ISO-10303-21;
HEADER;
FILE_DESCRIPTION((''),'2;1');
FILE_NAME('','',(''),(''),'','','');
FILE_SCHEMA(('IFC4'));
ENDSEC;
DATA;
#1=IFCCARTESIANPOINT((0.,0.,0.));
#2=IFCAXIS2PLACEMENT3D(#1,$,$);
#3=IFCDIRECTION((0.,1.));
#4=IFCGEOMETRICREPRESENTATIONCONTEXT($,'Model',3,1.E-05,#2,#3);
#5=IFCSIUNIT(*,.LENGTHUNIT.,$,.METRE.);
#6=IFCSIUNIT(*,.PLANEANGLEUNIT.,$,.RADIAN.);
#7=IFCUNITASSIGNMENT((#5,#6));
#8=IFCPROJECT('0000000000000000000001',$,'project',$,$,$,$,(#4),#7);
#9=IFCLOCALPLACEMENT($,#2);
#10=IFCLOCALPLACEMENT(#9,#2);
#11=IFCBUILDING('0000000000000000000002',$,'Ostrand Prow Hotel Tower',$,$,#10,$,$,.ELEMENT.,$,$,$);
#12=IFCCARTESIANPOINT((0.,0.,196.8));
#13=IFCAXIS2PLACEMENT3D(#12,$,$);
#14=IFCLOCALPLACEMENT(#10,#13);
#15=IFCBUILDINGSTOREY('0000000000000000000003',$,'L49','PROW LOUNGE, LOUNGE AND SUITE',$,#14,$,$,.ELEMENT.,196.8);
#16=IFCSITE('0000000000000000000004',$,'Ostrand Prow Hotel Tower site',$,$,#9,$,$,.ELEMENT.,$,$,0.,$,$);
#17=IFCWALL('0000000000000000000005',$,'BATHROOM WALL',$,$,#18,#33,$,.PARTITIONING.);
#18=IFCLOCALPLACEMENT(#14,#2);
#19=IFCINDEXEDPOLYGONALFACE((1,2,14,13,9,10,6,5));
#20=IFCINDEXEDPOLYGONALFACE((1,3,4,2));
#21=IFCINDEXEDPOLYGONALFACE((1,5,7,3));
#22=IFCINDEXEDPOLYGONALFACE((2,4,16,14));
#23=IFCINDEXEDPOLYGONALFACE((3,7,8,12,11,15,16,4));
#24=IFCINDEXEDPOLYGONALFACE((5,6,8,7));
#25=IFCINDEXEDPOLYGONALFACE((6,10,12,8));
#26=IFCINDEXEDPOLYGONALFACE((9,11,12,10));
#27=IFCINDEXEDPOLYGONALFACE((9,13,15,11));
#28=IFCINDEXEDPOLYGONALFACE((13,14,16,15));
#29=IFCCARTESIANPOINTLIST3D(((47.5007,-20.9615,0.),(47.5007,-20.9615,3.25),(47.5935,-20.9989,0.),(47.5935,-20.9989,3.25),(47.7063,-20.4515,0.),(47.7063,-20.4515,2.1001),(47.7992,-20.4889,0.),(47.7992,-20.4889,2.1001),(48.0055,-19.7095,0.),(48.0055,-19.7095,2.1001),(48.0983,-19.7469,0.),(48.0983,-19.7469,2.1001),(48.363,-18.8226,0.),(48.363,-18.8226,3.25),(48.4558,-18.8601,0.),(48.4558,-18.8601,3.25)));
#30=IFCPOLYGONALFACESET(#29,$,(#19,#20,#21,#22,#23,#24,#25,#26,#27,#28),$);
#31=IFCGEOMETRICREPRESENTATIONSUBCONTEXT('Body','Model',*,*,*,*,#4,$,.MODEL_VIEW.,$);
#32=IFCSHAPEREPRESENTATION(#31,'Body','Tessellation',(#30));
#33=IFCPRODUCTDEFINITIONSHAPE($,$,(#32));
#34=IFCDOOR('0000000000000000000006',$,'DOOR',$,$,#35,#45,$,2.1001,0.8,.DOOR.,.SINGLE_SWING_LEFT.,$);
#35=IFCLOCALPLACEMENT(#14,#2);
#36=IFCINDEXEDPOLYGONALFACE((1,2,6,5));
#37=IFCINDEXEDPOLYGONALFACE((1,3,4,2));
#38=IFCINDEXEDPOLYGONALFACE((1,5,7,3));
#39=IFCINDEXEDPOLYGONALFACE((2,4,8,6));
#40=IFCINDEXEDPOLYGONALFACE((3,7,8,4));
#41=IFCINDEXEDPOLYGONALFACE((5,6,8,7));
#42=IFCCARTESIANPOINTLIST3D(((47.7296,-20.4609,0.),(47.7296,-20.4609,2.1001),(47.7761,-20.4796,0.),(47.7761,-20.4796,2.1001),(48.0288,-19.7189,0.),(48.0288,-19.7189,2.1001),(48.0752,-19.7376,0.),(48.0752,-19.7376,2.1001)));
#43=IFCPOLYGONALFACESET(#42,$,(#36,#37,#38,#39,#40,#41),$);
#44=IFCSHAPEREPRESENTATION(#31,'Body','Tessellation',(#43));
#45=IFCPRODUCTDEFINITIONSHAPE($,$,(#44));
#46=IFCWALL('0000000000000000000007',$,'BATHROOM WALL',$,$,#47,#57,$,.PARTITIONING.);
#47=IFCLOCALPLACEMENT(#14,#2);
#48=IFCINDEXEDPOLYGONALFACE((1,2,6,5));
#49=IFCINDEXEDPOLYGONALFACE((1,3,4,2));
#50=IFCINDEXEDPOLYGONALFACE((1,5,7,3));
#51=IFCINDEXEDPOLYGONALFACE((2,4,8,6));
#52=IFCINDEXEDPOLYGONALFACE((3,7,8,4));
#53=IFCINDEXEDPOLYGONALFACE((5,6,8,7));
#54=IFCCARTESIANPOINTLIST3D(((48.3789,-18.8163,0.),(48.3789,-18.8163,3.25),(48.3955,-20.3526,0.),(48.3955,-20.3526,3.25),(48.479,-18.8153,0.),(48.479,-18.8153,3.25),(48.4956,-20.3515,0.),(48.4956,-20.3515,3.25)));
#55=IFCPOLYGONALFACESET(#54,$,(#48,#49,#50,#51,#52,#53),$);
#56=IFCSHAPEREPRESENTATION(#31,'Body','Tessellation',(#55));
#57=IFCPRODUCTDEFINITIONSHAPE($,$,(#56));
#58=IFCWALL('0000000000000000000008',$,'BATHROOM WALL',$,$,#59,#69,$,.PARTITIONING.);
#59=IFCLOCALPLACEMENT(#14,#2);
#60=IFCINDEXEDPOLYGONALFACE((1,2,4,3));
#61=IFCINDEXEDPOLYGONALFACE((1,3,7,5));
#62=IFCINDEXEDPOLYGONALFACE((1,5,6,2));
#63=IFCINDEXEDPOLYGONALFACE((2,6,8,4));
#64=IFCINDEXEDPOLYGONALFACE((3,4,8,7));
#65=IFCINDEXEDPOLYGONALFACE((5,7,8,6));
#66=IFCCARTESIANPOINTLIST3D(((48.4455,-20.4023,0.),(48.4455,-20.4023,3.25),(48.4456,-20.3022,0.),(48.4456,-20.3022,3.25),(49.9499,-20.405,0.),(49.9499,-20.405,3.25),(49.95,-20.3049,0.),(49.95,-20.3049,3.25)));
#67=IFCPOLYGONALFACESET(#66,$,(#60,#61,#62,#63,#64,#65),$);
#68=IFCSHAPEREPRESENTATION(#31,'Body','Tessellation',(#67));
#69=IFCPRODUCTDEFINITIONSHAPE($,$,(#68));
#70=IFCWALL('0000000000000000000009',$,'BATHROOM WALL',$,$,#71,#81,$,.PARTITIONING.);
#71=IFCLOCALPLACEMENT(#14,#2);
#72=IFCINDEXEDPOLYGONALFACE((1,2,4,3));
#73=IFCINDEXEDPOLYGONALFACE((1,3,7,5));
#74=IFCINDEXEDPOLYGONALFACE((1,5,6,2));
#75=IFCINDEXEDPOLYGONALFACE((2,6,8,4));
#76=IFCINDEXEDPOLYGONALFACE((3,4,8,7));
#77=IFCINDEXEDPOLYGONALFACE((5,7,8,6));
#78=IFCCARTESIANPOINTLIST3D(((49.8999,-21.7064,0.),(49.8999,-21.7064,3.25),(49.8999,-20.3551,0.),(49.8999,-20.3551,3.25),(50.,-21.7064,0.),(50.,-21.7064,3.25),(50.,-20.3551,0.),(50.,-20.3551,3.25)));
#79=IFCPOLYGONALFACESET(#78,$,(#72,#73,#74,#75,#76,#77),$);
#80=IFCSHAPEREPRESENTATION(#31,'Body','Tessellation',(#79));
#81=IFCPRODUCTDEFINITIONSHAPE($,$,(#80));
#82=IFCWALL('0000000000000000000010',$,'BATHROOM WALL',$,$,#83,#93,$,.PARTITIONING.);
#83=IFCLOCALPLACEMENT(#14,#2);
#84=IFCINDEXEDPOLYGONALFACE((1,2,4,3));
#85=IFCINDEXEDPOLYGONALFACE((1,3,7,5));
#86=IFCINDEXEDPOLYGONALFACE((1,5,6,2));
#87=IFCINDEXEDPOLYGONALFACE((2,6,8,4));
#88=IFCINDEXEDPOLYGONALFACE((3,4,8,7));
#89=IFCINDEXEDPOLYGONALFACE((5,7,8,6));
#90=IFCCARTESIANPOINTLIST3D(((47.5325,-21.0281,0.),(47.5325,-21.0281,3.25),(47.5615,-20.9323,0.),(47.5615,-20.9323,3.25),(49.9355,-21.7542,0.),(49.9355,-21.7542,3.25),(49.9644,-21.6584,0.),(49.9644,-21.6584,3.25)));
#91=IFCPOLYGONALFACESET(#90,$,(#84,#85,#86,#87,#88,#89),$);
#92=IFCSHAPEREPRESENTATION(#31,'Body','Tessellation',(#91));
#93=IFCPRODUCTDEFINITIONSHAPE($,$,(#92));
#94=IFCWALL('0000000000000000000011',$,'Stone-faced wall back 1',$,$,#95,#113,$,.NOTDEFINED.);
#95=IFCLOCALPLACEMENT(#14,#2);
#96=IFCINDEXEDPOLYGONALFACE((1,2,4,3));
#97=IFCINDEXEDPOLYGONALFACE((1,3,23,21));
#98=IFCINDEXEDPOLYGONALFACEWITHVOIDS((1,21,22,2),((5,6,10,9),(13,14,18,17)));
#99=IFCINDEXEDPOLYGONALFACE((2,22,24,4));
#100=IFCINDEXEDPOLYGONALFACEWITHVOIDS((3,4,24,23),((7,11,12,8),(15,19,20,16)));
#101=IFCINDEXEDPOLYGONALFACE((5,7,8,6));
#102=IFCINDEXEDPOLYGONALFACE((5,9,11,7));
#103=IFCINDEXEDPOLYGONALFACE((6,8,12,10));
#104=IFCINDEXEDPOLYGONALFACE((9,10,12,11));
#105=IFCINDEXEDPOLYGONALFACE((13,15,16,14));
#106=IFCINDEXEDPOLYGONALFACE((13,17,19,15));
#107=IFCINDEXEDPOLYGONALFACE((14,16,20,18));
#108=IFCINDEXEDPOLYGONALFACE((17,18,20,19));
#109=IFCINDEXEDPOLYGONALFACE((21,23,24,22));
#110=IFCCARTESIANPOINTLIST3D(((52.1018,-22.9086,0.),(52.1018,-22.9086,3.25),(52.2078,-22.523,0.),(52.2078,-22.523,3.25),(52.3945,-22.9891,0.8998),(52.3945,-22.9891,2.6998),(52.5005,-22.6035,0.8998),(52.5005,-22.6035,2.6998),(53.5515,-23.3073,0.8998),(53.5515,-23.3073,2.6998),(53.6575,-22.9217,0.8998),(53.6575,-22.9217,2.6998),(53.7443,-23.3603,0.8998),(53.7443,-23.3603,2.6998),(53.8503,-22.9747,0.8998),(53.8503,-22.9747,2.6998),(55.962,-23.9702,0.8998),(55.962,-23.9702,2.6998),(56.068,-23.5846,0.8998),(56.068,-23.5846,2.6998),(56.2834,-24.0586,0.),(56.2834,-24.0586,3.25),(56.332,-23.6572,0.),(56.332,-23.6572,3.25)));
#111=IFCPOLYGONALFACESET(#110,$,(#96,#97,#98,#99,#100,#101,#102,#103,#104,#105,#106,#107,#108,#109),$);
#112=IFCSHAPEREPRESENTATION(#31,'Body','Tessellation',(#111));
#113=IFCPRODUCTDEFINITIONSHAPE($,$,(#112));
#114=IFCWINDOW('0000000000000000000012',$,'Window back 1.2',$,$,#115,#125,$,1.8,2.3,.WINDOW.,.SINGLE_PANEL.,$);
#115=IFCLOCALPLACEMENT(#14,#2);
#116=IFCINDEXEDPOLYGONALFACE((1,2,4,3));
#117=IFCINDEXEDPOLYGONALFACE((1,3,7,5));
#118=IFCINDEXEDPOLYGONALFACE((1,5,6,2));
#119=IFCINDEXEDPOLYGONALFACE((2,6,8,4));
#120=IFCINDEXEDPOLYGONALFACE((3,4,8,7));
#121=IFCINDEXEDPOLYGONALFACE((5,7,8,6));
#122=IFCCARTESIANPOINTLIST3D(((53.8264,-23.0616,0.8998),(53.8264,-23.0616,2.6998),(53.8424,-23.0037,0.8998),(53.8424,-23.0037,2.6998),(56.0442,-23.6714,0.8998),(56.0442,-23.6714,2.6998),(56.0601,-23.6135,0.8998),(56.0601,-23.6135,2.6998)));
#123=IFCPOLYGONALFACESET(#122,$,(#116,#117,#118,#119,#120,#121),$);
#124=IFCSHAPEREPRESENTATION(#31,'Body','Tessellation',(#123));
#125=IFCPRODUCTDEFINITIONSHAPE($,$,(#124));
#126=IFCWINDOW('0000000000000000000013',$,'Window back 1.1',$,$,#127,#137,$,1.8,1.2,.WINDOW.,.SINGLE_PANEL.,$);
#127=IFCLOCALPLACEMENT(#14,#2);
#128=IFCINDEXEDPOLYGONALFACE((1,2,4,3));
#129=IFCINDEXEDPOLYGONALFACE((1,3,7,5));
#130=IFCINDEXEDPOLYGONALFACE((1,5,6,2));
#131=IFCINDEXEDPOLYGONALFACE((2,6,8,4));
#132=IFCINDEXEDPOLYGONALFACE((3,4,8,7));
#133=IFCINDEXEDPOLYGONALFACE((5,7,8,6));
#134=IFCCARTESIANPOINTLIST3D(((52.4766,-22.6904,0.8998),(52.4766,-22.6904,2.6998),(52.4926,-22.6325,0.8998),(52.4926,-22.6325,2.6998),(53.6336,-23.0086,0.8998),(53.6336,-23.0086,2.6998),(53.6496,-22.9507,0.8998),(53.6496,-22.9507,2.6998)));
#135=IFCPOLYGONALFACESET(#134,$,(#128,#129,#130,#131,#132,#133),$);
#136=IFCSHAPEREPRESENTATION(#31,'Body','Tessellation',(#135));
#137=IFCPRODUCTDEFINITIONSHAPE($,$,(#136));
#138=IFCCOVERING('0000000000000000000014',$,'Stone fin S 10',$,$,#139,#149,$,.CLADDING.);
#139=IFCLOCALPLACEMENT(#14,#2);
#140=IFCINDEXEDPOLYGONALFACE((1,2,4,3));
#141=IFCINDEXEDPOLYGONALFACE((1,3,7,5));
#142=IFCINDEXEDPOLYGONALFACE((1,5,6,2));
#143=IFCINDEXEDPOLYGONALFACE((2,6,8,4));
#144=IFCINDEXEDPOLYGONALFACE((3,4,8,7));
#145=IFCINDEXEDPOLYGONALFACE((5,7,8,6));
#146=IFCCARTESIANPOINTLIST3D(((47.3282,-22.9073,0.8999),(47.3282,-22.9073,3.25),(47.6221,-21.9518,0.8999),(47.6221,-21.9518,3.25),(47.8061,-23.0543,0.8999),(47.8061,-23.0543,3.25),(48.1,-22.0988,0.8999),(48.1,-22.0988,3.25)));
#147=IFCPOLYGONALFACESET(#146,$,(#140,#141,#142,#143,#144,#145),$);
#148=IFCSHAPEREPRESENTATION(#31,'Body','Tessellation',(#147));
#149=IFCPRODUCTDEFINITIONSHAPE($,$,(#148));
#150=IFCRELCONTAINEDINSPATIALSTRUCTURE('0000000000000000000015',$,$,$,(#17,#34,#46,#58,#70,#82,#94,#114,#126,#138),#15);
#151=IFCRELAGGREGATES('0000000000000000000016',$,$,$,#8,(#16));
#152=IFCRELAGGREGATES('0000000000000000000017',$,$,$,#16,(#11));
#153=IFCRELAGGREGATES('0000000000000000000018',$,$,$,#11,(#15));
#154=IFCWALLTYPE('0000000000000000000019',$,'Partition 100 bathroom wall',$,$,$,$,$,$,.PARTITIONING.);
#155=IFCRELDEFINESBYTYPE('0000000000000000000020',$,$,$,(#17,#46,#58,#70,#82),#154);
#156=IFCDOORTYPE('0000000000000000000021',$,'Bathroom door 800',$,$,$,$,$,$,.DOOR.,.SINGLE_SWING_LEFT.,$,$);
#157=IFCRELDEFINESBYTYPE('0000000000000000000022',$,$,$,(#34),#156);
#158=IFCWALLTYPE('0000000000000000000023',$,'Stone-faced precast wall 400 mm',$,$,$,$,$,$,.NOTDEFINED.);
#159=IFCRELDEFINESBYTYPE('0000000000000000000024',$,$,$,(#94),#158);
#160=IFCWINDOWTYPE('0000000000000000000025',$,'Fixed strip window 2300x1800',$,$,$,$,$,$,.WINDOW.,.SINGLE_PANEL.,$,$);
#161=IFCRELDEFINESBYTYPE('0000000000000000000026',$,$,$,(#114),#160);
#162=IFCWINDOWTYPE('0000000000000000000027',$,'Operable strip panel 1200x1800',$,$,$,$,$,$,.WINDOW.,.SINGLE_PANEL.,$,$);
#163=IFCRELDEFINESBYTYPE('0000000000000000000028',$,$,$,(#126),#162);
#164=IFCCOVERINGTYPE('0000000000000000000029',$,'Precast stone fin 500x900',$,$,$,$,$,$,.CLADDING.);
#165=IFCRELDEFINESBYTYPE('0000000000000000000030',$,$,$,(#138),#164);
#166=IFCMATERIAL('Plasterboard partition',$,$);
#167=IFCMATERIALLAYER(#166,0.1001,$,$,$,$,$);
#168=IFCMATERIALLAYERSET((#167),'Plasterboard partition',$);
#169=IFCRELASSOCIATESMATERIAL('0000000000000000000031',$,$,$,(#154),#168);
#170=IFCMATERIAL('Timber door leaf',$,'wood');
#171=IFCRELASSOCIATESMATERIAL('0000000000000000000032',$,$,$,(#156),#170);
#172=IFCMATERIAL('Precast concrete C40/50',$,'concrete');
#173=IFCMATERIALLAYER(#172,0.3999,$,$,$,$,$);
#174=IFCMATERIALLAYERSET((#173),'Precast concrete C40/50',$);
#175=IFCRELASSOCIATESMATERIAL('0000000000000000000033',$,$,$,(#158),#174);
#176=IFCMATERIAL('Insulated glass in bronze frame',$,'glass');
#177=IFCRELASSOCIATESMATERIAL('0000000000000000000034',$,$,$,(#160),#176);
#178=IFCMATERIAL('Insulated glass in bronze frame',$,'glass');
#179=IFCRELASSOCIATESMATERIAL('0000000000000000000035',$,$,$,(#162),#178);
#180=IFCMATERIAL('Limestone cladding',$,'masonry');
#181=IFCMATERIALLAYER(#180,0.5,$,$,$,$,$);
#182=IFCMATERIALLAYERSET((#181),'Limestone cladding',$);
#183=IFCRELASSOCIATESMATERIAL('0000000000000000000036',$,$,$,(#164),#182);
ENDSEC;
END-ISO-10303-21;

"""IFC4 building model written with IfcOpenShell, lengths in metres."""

from ifc_helpers import new_model, si_unit, direction, frame, frame_2d, origin, place, context, subcontext, project, spatial, polyline, rectangle, outline, extrude, material, layer, layer_set, type_object, element, fill, save


model = new_model("IFC4")

# Units and contexts
model_context = context("Model", 3, precision=1e-05, world=origin(), true_north=direction((0.0, 1.0)))
body_context = subcontext(model_context, "Body", "Model", "MODEL_VIEW")
ifc_project = project(units=[si_unit("LENGTHUNIT", "METRE"), si_unit("PLANEANGLEUNIT", "RADIAN")], contexts=[model_context])

# Site, building, storey
site_placement = place(None, origin())
site = spatial("IfcSite", under=ifc_project, at=site_placement, Name="Ostrand Prow Hotel Tower site", CompositionType="ELEMENT", RefElevation=0.0)
building_placement = place(site_placement, origin())
building = spatial("IfcBuilding", under=site, at=building_placement, Name="Ostrand Prow Hotel Tower", CompositionType="ELEMENT")
storey_placement = place(building_placement, frame((0.0, 0.0, 196.8)))
storey = spatial("IfcBuildingStorey", under=building, at=storey_placement, Name="L49", Description="PROW LOUNGE, LOUNGE AND SUITE", CompositionType="ELEMENT", Elevation=196.8)

# Wall, opening, door
ifc_material_1 = material(Name="Plasterboard partition")
ifc_layer_1 = layer(ifc_material_1, 0.1001)
ifc_layer_set_1 = layer_set([ifc_layer_1], Name="Plasterboard partition")
wall_type_1 = type_object("IfcWallType", Name="Partition 100 bathroom wall", PredefinedType="PARTITIONING", material=ifc_layer_set_1)
wall_1_placement = place(storey_placement, frame((47.5471, -20.9802, 0.0), z_axis=(0.0, 0.0, 1.0), x_axis=(0.373908, 0.927466, 0.0)))
wall_1 = element("IfcWall", 1, at=wall_1_placement, inside=storey, type_object=wall_type_1, Name="BATHROOM WALL", PredefinedType="PARTITIONING", context=body_context, shape_type="SweptSolid", body=[
    extrude(rectangle(XDim=2.3062, YDim=0.1001, at=frame_2d((1.1531, 0.0))), origin(), (0.0, 0.0, 1.0), 3.25),
])
opening_1_placement = place(wall_1_placement, frame((0.55, 0.0, 0.0)))
opening_1 = element("IfcOpeningElement", 2, at=opening_1_placement, cuts=wall_1, PredefinedType="OPENING", context=body_context, shape_type="SweptSolid", body=[
    extrude(rectangle(XDim=0.8, YDim=2.1001, at=frame_2d((0.3999, 1.05))), frame((0.0, 0.0601, 0.0), z_axis=(0.0, -1.0, 0.0), x_axis=(1.0, 0.0, 0.0)), (0.0, 0.0, 1.0), 0.1201),
])
ifc_material_2 = material(Name="Timber door leaf", Category="wood")
door_type_1 = type_object("IfcDoorType", Name="Bathroom door 800", OperationType="SINGLE_SWING_LEFT", PredefinedType="DOOR", material=ifc_material_2)
door_1_placement = place(opening_1_placement, origin())
door_1 = element("IfcDoor", 3, at=door_1_placement, inside=storey, type_object=door_type_1, Name="DOOR", OperationType="SINGLE_SWING_LEFT", OverallHeight=2.1001, OverallWidth=0.8, PredefinedType="DOOR", context=body_context, shape_type="SweptSolid", body=[
    extrude(rectangle(XDim=0.8, YDim=2.1001, at=frame_2d((0.3999, 1.05))), frame((0.0, 0.0249, 0.0), z_axis=(0.0, -1.0, 0.0), x_axis=(1.0, 0.0, 0.0)), (0.0, 0.0, 1.0), 0.05),
])
fill(opening_1, door_1)

# Walls
wall_2_placement = place(storey_placement, frame((48.429, -18.8159, 0.0), z_axis=(0.0, 0.0, 1.0), x_axis=(0.010805, -0.999942, 0.0)))
element("IfcWall", 4, at=wall_2_placement, inside=storey, type_object=wall_type_1, Name="BATHROOM WALL", PredefinedType="PARTITIONING", context=body_context, shape_type="SweptSolid", body=[
    extrude(rectangle(XDim=1.5364, YDim=0.1001, at=frame_2d((0.7681, 0.0))), origin(), (0.0, 0.0, 1.0), 3.25),
])
wall_3_placement = place(storey_placement, frame((48.4456, -20.3523, 0.0), z_axis=(0.0, 0.0, 1.0), x_axis=(0.999998, -0.001785, 0.0)))
element("IfcWall", 5, at=wall_3_placement, inside=storey, type_object=wall_type_1, Name="BATHROOM WALL", PredefinedType="PARTITIONING", context=body_context, shape_type="SweptSolid", body=[
    extrude(rectangle(XDim=1.5044, YDim=0.1001, at=frame_2d((0.7522, 0.0))), origin(), (0.0, 0.0, 1.0), 3.25),
])
wall_4_placement = place(storey_placement, frame((49.95, -20.355, 0.0), z_axis=(0.0, 0.0, 1.0), x_axis=(0.0, -1.0, 0.0)))
element("IfcWall", 6, at=wall_4_placement, inside=storey, type_object=wall_type_1, Name="BATHROOM WALL", PredefinedType="PARTITIONING", context=body_context, shape_type="SweptSolid", body=[
    extrude(rectangle(XDim=1.3513, YDim=0.1001, at=frame_2d((0.6758, 0.0))), origin(), (0.0, 0.0, 1.0), 3.25),
])
wall_5_placement = place(storey_placement, frame((49.95, -21.7063, 0.0), z_axis=(0.0, 0.0, 1.0), x_axis=(-0.957252, 0.289257, 0.0)))
element("IfcWall", 7, at=wall_5_placement, inside=storey, type_object=wall_type_1, Name="BATHROOM WALL", PredefinedType="PARTITIONING", context=body_context, shape_type="SweptSolid", body=[
    extrude(rectangle(XDim=2.5103, YDim=0.1001, at=frame_2d((1.2551, 0.0))), origin(), (0.0, 0.0, 1.0), 3.25),
])

# Wall, openings, windows
ifc_material_3 = material(Name="Precast concrete C40/50", Category="concrete")
ifc_layer_2 = layer(ifc_material_3, 0.3999)
ifc_layer_set_2 = layer_set([ifc_layer_2], Name="Precast concrete C40/50")
wall_type_2 = type_object("IfcWallType", Name="Stone-faced precast wall 400 mm", PredefinedType="NOTDEFINED", material=ifc_layer_set_2)
wall_6_placement = place(storey_placement, frame((52.1548, -22.7158, 0.0), z_axis=(0.0, 0.0, 1.0), x_axis=(0.964206, -0.265155, 0.0)))
wall_6 = element("IfcWall", 8, at=wall_6_placement, inside=storey, type_object=wall_type_2, Name="Stone-faced wall back 1", PredefinedType="NOTDEFINED", context=body_context, shape_type="SweptSolid", body=[
    extrude(outline(polyline([(0.0, -0.2), (4.3369, -0.2), (4.2773, 0.2), (0.0, 0.2), (0.0, -0.2)])), origin(), (0.0, 0.0, 1.0), 3.25),
])
opening_2_placement = place(wall_6_placement, frame((0.3035, 0.0, 0.8999)))
opening_2 = element("IfcOpeningElement", 9, at=opening_2_placement, cuts=wall_6, PredefinedType="OPENING", context=body_context, shape_type="SweptSolid", body=[
    extrude(rectangle(XDim=1.2, YDim=1.8, at=frame_2d((0.6001, 0.8999))), frame((0.0, 0.21, 0.0), z_axis=(0.0, -1.0, 0.0), x_axis=(1.0, 0.0, 0.0)), (0.0, 0.0, 1.0), 0.4199),
])
opening_3_placement = place(wall_6_placement, frame((1.7036, 0.0, 0.8999)))
opening_3 = element("IfcOpeningElement", 10, at=opening_3_placement, cuts=wall_6, PredefinedType="OPENING", context=body_context, shape_type="SweptSolid", body=[
    extrude(rectangle(XDim=2.3, YDim=1.8, at=frame_2d((1.1499, 0.8999))), frame((0.0, 0.21, 0.0), z_axis=(0.0, -1.0, 0.0), x_axis=(1.0, 0.0, 0.0)), (0.0, 0.0, 1.0), 0.4199),
])
ifc_material_4 = material(Name="Insulated glass in bronze frame", Category="glass")
window_type_1 = type_object("IfcWindowType", Name="Fixed strip window 2300x1800", PartitioningType="SINGLE_PANEL", PredefinedType="WINDOW", material=ifc_material_4)
window_1_placement = place(opening_3_placement, origin())
window_1 = element("IfcWindow", 11, at=window_1_placement, inside=storey, type_object=window_type_1, Name="Window back 1.2", OverallHeight=1.8, OverallWidth=2.3, PartitioningType="SINGLE_PANEL", PredefinedType="WINDOW", context=body_context, shape_type="SweptSolid", body=[
    extrude(rectangle(XDim=2.3, YDim=1.8, at=frame_2d((1.1499, 0.8999))), frame((0.0, 0.1699, 0.0), z_axis=(0.0, -1.0, 0.0), x_axis=(1.0, 0.0, 0.0)), (0.0, 0.0, 1.0), 0.0601),
])
fill(opening_3, window_1)
ifc_material_5 = material(Name="Insulated glass in bronze frame", Category="glass")
window_type_2 = type_object("IfcWindowType", Name="Operable strip panel 1200x1800", PartitioningType="SINGLE_PANEL", PredefinedType="WINDOW", material=ifc_material_5)
window_2_placement = place(opening_2_placement, origin())
window_2 = element("IfcWindow", 12, at=window_2_placement, inside=storey, type_object=window_type_2, Name="Window back 1.1", OverallHeight=1.8, OverallWidth=1.2, PartitioningType="SINGLE_PANEL", PredefinedType="WINDOW", context=body_context, shape_type="SweptSolid", body=[
    extrude(rectangle(XDim=1.2, YDim=1.8, at=frame_2d((0.6001, 0.8999))), frame((0.0, 0.1699, 0.0), z_axis=(0.0, -1.0, 0.0), x_axis=(1.0, 0.0, 0.0)), (0.0, 0.0, 1.0), 0.0601),
])
fill(opening_2, window_2)

# Covering
ifc_material_6 = material(Name="Limestone cladding", Category="masonry")
ifc_layer_3 = layer(ifc_material_6, 0.5)
ifc_layer_set_3 = layer_set([ifc_layer_3], Name="Limestone cladding")
covering_type = type_object("IfcCoveringType", Name="Precast stone fin 500x900", PredefinedType="CLADDING", material=ifc_layer_set_3)
covering_placement = place(storey_placement, frame((47.8611, -22.0251, 0.8999), z_axis=(0.0, 0.0, 1.0), x_axis=(-0.294017, -0.9558, 0.0)))
element("IfcCovering", 13, at=covering_placement, inside=storey, type_object=covering_type, Name="Stone fin S 10", PredefinedType="CLADDING", context=body_context, shape_type="SweptSolid", body=[
    extrude(rectangle(XDim=0.9998, YDim=0.5, at=frame_2d((0.5, 0.0))), origin(), (0.0, 0.0, 1.0), 2.3501),
])

save(model, "model.ifc")
